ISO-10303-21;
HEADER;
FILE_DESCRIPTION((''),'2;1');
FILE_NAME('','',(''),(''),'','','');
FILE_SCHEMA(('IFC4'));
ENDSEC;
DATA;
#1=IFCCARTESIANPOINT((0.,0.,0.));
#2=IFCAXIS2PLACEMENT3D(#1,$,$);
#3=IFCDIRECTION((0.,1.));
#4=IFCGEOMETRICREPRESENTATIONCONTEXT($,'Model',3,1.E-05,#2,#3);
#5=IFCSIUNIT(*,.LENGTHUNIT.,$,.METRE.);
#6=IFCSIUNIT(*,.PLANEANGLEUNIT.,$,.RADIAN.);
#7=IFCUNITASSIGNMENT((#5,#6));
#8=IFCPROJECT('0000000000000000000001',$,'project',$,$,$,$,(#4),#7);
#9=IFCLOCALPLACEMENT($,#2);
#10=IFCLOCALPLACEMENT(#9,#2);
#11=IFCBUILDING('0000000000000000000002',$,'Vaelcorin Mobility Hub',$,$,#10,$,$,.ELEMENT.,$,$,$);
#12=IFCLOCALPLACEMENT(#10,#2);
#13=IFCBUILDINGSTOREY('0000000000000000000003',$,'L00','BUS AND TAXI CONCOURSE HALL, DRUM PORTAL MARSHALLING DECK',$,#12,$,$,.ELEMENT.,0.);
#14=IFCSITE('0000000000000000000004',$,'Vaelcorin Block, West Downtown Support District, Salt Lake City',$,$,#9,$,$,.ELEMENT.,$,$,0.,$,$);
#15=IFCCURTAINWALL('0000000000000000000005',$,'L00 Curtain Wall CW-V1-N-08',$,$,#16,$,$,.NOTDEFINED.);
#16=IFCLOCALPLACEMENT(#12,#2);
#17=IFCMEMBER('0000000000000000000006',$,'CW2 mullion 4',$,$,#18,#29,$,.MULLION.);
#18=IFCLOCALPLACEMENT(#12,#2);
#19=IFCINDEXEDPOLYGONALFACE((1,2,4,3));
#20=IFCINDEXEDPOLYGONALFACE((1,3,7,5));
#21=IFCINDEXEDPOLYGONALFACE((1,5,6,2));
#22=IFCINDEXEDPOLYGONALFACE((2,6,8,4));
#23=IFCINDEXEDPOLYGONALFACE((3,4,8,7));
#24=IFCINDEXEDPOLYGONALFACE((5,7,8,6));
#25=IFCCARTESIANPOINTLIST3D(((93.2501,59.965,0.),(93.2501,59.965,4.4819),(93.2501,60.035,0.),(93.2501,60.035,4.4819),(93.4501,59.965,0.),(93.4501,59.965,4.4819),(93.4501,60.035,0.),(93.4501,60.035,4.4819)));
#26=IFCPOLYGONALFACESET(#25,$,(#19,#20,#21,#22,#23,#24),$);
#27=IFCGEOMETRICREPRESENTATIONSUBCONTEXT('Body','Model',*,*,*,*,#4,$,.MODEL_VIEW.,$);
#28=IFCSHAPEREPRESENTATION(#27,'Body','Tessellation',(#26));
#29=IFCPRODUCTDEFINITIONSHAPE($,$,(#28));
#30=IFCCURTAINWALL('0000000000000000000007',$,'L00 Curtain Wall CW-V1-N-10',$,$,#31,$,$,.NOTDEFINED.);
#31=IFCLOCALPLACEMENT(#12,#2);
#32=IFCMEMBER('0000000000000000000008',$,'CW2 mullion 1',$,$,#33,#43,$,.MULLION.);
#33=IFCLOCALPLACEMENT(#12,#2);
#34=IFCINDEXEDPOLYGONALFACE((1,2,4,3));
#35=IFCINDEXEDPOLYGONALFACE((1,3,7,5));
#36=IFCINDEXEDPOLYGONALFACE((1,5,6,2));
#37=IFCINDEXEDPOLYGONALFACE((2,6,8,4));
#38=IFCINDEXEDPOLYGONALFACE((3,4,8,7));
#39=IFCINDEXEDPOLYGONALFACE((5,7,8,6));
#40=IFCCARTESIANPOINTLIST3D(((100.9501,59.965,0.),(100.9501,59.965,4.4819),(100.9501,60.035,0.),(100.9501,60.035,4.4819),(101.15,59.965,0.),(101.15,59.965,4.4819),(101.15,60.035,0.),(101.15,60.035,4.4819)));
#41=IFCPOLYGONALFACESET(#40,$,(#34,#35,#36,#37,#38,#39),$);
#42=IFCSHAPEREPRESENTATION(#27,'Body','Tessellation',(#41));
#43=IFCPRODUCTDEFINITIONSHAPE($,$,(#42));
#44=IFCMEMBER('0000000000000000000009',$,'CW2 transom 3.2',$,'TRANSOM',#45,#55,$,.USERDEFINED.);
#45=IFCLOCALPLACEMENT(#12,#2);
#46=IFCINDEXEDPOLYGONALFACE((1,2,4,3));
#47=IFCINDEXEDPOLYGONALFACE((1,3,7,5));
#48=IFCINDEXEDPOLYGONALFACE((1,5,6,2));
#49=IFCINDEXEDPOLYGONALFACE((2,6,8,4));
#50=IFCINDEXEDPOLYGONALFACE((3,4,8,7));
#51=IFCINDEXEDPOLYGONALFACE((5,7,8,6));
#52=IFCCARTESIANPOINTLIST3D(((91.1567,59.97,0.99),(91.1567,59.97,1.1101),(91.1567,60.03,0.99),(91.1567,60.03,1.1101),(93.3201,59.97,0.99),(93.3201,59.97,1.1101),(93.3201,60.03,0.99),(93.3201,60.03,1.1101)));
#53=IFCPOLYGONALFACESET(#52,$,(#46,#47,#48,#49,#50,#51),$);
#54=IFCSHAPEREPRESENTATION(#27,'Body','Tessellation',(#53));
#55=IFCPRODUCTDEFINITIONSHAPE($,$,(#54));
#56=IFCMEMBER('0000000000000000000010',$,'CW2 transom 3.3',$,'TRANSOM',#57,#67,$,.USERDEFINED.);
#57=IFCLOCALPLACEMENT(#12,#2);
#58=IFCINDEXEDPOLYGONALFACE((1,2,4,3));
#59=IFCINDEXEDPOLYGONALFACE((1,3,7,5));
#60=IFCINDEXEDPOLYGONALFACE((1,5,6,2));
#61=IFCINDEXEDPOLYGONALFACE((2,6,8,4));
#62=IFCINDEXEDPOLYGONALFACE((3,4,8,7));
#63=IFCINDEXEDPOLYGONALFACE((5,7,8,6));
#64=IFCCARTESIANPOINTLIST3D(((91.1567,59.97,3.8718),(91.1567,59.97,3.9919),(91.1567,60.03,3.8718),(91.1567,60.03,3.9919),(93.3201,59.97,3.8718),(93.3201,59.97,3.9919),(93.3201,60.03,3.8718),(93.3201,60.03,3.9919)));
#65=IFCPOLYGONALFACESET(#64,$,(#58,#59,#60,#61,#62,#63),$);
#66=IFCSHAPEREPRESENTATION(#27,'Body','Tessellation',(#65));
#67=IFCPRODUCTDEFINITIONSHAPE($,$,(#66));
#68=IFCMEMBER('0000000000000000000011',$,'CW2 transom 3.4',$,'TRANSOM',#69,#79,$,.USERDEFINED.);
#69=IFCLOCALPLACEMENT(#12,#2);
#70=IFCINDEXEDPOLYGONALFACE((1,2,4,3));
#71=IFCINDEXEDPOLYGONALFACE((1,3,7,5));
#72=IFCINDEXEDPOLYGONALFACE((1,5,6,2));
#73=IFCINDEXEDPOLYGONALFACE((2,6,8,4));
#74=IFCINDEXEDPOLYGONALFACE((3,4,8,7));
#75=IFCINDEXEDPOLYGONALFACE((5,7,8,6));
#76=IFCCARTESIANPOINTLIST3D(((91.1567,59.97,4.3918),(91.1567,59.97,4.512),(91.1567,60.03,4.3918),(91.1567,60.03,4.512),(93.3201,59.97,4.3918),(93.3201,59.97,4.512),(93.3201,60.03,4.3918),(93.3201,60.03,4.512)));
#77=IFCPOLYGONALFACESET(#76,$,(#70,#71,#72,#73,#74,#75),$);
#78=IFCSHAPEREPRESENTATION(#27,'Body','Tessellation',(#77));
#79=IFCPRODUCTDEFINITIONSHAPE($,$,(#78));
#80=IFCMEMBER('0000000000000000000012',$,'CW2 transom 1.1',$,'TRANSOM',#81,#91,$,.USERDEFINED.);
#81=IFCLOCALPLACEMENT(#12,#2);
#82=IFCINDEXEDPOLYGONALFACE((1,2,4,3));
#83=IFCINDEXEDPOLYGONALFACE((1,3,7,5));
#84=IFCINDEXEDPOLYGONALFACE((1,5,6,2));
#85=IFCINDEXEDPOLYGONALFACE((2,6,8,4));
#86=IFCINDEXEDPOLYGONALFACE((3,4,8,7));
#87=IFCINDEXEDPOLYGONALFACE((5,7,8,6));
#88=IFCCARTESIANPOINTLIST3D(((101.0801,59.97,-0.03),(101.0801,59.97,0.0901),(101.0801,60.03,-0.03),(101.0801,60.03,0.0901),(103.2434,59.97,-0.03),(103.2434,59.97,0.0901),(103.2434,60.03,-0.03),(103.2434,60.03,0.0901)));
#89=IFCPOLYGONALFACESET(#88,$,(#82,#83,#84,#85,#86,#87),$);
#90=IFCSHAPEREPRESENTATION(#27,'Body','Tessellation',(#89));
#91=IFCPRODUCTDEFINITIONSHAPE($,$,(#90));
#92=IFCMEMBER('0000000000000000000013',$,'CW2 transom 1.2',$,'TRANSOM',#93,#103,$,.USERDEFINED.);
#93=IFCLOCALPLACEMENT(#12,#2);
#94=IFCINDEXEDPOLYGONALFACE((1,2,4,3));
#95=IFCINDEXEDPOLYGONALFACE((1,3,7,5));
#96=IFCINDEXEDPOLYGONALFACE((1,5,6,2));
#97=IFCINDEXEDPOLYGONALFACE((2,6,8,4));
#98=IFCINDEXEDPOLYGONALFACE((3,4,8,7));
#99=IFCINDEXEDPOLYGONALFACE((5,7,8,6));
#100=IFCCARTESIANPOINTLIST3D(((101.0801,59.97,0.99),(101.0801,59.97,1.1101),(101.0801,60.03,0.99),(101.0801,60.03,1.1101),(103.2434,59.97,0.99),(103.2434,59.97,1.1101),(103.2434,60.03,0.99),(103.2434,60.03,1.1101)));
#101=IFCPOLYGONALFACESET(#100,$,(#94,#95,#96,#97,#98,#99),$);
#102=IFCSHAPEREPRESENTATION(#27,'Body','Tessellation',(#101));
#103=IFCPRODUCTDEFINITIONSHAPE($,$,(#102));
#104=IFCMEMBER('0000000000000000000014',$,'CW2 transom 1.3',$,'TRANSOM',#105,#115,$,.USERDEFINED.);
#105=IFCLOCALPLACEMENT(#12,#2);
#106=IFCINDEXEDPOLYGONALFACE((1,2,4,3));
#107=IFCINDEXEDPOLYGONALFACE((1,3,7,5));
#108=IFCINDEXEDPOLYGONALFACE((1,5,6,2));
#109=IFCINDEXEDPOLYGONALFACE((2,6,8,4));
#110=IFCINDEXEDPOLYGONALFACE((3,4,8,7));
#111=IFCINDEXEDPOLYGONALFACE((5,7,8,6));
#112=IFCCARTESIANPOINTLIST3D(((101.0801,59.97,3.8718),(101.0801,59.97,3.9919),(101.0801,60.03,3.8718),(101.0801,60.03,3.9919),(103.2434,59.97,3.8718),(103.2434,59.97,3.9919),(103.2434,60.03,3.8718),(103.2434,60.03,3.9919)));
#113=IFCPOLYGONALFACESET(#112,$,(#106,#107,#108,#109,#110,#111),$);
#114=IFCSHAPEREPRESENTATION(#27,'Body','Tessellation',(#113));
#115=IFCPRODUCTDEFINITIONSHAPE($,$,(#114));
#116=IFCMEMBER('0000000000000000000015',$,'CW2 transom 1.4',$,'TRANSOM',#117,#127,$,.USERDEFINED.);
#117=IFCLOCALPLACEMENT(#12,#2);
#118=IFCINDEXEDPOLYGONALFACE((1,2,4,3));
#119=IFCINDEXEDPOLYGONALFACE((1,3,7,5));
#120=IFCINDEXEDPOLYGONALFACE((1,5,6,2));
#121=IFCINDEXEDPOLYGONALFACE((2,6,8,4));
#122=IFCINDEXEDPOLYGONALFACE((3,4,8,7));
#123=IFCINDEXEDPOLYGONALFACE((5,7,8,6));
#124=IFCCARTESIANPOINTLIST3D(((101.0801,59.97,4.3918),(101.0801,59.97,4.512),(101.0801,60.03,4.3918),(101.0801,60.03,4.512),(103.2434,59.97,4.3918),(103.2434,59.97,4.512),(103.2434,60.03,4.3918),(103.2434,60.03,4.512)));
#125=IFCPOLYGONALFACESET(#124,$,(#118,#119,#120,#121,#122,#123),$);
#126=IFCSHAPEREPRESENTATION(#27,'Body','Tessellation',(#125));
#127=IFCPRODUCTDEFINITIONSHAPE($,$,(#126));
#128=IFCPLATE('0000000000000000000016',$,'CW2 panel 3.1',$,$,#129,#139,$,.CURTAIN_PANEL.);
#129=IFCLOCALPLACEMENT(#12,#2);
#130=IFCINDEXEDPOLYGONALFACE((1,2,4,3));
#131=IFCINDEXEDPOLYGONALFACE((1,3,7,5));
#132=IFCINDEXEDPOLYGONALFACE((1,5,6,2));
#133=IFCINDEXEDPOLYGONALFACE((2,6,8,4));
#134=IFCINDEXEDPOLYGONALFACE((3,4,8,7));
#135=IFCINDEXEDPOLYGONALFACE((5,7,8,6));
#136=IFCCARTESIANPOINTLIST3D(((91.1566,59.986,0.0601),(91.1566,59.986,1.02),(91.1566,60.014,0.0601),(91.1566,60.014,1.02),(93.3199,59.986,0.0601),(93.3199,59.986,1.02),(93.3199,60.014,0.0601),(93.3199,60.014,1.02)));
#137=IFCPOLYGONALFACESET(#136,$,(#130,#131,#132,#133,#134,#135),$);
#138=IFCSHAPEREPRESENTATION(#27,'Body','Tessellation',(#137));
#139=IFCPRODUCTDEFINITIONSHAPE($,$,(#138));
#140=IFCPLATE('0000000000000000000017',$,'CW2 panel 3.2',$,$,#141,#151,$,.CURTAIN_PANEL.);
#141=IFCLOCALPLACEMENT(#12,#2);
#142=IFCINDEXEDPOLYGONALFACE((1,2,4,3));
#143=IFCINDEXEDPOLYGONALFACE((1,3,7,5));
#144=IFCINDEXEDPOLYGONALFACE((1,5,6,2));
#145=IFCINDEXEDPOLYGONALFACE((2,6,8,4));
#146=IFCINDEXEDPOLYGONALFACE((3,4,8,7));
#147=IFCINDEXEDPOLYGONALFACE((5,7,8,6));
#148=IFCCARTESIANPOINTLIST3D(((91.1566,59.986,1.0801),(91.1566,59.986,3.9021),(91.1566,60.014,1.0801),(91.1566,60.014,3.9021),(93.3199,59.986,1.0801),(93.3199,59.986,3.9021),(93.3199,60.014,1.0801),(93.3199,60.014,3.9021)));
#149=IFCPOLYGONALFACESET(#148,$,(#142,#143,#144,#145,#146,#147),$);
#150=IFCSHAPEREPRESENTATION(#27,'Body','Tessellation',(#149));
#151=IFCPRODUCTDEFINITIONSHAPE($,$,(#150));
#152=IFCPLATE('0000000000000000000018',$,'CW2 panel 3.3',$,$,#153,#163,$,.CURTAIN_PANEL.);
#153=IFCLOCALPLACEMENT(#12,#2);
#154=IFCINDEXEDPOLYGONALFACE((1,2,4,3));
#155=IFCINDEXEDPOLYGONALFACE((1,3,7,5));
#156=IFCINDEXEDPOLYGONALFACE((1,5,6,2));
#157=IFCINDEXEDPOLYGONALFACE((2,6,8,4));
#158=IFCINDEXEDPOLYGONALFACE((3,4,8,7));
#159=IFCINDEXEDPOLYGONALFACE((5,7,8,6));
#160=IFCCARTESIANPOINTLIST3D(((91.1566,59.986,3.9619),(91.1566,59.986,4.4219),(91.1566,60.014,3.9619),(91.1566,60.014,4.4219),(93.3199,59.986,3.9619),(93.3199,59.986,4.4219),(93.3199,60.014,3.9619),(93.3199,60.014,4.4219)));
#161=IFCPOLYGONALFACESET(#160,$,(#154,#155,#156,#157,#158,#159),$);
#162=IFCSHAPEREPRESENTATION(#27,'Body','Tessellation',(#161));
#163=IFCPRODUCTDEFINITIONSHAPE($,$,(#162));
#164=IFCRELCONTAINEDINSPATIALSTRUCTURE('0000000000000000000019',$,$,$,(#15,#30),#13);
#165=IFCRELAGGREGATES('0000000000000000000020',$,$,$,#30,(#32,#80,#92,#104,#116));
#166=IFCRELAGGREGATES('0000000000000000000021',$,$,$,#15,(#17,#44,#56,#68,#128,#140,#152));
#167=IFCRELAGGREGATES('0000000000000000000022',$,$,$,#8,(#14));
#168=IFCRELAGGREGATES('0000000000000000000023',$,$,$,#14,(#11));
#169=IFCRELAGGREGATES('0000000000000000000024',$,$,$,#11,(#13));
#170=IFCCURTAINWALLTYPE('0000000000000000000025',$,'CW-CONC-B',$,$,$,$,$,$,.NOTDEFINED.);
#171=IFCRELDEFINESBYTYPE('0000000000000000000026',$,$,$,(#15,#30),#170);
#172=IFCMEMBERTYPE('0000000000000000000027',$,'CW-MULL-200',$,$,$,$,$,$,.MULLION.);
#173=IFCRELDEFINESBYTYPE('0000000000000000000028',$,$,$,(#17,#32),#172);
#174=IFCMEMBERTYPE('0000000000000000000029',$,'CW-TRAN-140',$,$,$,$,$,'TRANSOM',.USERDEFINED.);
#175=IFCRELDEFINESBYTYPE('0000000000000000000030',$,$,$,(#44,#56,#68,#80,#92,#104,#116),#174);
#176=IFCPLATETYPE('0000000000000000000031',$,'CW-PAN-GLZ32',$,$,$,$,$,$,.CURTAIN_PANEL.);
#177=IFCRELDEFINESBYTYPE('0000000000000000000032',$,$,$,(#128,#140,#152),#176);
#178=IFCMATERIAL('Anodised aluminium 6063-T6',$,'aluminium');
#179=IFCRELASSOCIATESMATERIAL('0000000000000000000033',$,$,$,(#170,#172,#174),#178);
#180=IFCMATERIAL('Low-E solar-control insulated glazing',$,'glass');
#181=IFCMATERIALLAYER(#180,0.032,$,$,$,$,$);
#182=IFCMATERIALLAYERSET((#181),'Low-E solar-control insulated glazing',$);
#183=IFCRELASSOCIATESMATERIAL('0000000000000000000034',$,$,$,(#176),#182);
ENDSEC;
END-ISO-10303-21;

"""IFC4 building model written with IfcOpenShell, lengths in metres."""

from ifc_helpers import new_model, si_unit, direction, frame, origin, origin_2d, place, context, subcontext, project, spatial, rectangle, extrude, material, layer, layer_set, material_profile, profile_set, type_object, element, aggregate, save


model = new_model("IFC4")

# Units and contexts
model_context = context("Model", 3, precision=1e-05, world=origin(), true_north=direction((0.0, 1.0)))
body_context = subcontext(model_context, "Body", "Model", "MODEL_VIEW")
ifc_project = project(units=[si_unit("LENGTHUNIT", "METRE"), si_unit("PLANEANGLEUNIT", "RADIAN")], contexts=[model_context])

# Site, building, storey
site_placement = place(None, origin())
site = spatial("IfcSite", under=ifc_project, at=site_placement, Name="Vaelcorin Block, West Downtown Support District, Salt Lake City", CompositionType="ELEMENT", RefElevation=0.0)
building_placement = place(site_placement, origin())
building = spatial("IfcBuilding", under=site, at=building_placement, Name="Vaelcorin Mobility Hub", CompositionType="ELEMENT")
storey_placement = place(building_placement, origin())
storey = spatial("IfcBuildingStorey", under=building, at=storey_placement, Name="L00", Description="BUS AND TAXI CONCOURSE HALL, DRUM PORTAL MARSHALLING DECK", CompositionType="ELEMENT", Elevation=0.0)

# Curtain walls, members
ifc_material_1 = material(Name="Anodised aluminium 6063-T6", Category="aluminium")
curtain_wall_type = type_object("IfcCurtainWallType", Name="CW-CONC-B", PredefinedType="NOTDEFINED", material=ifc_material_1)
curtain_wall_1_placement = place(storey_placement, origin())
curtain_wall_1 = element("IfcCurtainWall", 1, at=curtain_wall_1_placement, inside=storey, type_object=curtain_wall_type, Name="L00 Curtain Wall CW-V1-N-08", PredefinedType="NOTDEFINED")
ifc_material_profile_1 = material_profile(ifc_material_1, rectangle(XDim=0.0701, YDim=0.2, at=origin_2d()), Name="ALU-M70X200")
ifc_profile_set_1 = profile_set([ifc_material_profile_1], Name="Anodised aluminium 6063-T6")
member_type_1 = type_object("IfcMemberType", Name="CW-MULL-200", PredefinedType="MULLION", material=ifc_profile_set_1)
member_1_placement = place(storey_placement, frame((93.3501, 60.0, 0.0), z_axis=(0.0, 0.0, 1.0), x_axis=(0.0, 1.0, 0.0)))
member_1 = element("IfcMember", 2, at=member_1_placement, type_object=member_type_1, Name="CW2 mullion 4", PredefinedType="MULLION", context=body_context, shape_type="SweptSolid", body=[
    extrude(rectangle(XDim=0.0701, YDim=0.2, at=origin_2d()), origin(), (0.0, 0.0, 1.0), 4.4819),
])
curtain_wall_2_placement = place(storey_placement, origin())
curtain_wall_2 = element("IfcCurtainWall", 3, at=curtain_wall_2_placement, inside=storey, type_object=curtain_wall_type, Name="L00 Curtain Wall CW-V1-N-10", PredefinedType="NOTDEFINED")
member_2_placement = place(storey_placement, frame((101.05, 60.0, 0.0), z_axis=(0.0, 0.0, 1.0), x_axis=(0.0, 1.0, 0.0)))
member_2 = element("IfcMember", 4, at=member_2_placement, type_object=member_type_1, Name="CW2 mullion 1", PredefinedType="MULLION", context=body_context, shape_type="SweptSolid", body=[
    extrude(rectangle(XDim=0.0701, YDim=0.2, at=origin_2d()), origin(), (0.0, 0.0, 1.0), 4.4819),
])

# Members
ifc_material_profile_2 = material_profile(ifc_material_1, rectangle(XDim=0.0601, YDim=0.1201, at=origin_2d()), Name="ALU-T60X120")
ifc_profile_set_2 = profile_set([ifc_material_profile_2], Name="Anodised aluminium 6063-T6")
member_type_2 = type_object("IfcMemberType", Name="CW-TRAN-140", ElementType="TRANSOM", PredefinedType="USERDEFINED", material=ifc_profile_set_2)
member_3_placement = place(storey_placement, frame((91.1567, 60.0, 1.05), z_axis=(1.0, 0.0, 0.0), x_axis=(0.0, 1.0, 0.0)))
member_3 = element("IfcMember", 5, at=member_3_placement, type_object=member_type_2, Name="CW2 transom 3.2", ObjectType="TRANSOM", PredefinedType="USERDEFINED", context=body_context, shape_type="SweptSolid", body=[
    extrude(rectangle(XDim=0.0601, YDim=0.1201, at=origin_2d()), origin(), (0.0, 0.0, 1.0), 2.1633),
])
member_4_placement = place(storey_placement, frame((91.1567, 60.0, 3.9319), z_axis=(1.0, 0.0, 0.0), x_axis=(0.0, 1.0, 0.0)))
member_4 = element("IfcMember", 6, at=member_4_placement, type_object=member_type_2, Name="CW2 transom 3.3", ObjectType="TRANSOM", PredefinedType="USERDEFINED", context=body_context, shape_type="SweptSolid", body=[
    extrude(rectangle(XDim=0.0601, YDim=0.1201, at=origin_2d()), origin(), (0.0, 0.0, 1.0), 2.1633),
])
member_5_placement = place(storey_placement, frame((91.1567, 60.0, 4.4519), z_axis=(1.0, 0.0, 0.0), x_axis=(0.0, 1.0, 0.0)))
member_5 = element("IfcMember", 7, at=member_5_placement, type_object=member_type_2, Name="CW2 transom 3.4", ObjectType="TRANSOM", PredefinedType="USERDEFINED", context=body_context, shape_type="SweptSolid", body=[
    extrude(rectangle(XDim=0.0601, YDim=0.1201, at=origin_2d()), origin(), (0.0, 0.0, 1.0), 2.1633),
])
member_6_placement = place(storey_placement, frame((101.0801, 60.0, 0.03), z_axis=(1.0, 0.0, 0.0), x_axis=(0.0, 1.0, 0.0)))
member_6 = element("IfcMember", 8, at=member_6_placement, type_object=member_type_2, Name="CW2 transom 1.1", ObjectType="TRANSOM", PredefinedType="USERDEFINED", context=body_context, shape_type="SweptSolid", body=[
    extrude(rectangle(XDim=0.0601, YDim=0.1201, at=origin_2d()), origin(), (0.0, 0.0, 1.0), 2.1633),
])
member_7_placement = place(storey_placement, frame((101.0801, 60.0, 1.05), z_axis=(1.0, 0.0, 0.0), x_axis=(0.0, 1.0, 0.0)))
member_7 = element("IfcMember", 9, at=member_7_placement, type_object=member_type_2, Name="CW2 transom 1.2", ObjectType="TRANSOM", PredefinedType="USERDEFINED", context=body_context, shape_type="SweptSolid", body=[
    extrude(rectangle(XDim=0.0601, YDim=0.1201, at=origin_2d()), origin(), (0.0, 0.0, 1.0), 2.1633),
])
member_8_placement = place(storey_placement, frame((101.0801, 60.0, 3.9319), z_axis=(1.0, 0.0, 0.0), x_axis=(0.0, 1.0, 0.0)))
member_8 = element("IfcMember", 10, at=member_8_placement, type_object=member_type_2, Name="CW2 transom 1.3", ObjectType="TRANSOM", PredefinedType="USERDEFINED", context=body_context, shape_type="SweptSolid", body=[
    extrude(rectangle(XDim=0.0601, YDim=0.1201, at=origin_2d()), origin(), (0.0, 0.0, 1.0), 2.1633),
])
member_9_placement = place(storey_placement, frame((101.0801, 60.0, 4.4519), z_axis=(1.0, 0.0, 0.0), x_axis=(0.0, 1.0, 0.0)))
member_9 = element("IfcMember", 11, at=member_9_placement, type_object=member_type_2, Name="CW2 transom 1.4", ObjectType="TRANSOM", PredefinedType="USERDEFINED", context=body_context, shape_type="SweptSolid", body=[
    extrude(rectangle(XDim=0.0601, YDim=0.1201, at=origin_2d()), origin(), (0.0, 0.0, 1.0), 2.1633),
])
aggregate(curtain_wall_2, [member_2, member_6, member_7, member_8, member_9])

# Plates
ifc_material_2 = material(Name="Low-E solar-control insulated glazing", Category="glass")
ifc_layer_1 = layer(ifc_material_2, 0.032)
ifc_layer_set_1 = layer_set([ifc_layer_1], Name="Low-E solar-control insulated glazing")
plate_type = type_object("IfcPlateType", Name="CW-PAN-GLZ32", PredefinedType="CURTAIN_PANEL", material=ifc_layer_set_1)
plate_1_placement = place(storey_placement, frame((92.2383, 60.0, 0.0601), z_axis=(0.0, 0.0, 1.0), x_axis=(1.0, 0.0, 0.0)))
plate_1 = element("IfcPlate", 12, at=plate_1_placement, type_object=plate_type, Name="CW2 panel 3.1", PredefinedType="CURTAIN_PANEL", context=body_context, shape_type="SweptSolid", body=[
    extrude(rectangle(XDim=2.1633, YDim=0.0281, at=origin_2d()), origin(), (0.0, 0.0, 1.0), 0.96),
])
plate_2_placement = place(storey_placement, frame((92.2383, 60.0, 1.0801), z_axis=(0.0, 0.0, 1.0), x_axis=(1.0, 0.0, 0.0)))
plate_2 = element("IfcPlate", 13, at=plate_2_placement, type_object=plate_type, Name="CW2 panel 3.2", PredefinedType="CURTAIN_PANEL", context=body_context, shape_type="SweptSolid", body=[
    extrude(rectangle(XDim=2.1633, YDim=0.0281, at=origin_2d()), origin(), (0.0, 0.0, 1.0), 2.822),
])
plate_3_placement = place(storey_placement, frame((92.2383, 60.0, 3.9619), z_axis=(0.0, 0.0, 1.0), x_axis=(1.0, 0.0, 0.0)))
plate_3 = element("IfcPlate", 14, at=plate_3_placement, type_object=plate_type, Name="CW2 panel 3.3", PredefinedType="CURTAIN_PANEL", context=body_context, shape_type="SweptSolid", body=[
    extrude(rectangle(XDim=2.1633, YDim=0.0281, at=origin_2d()), origin(), (0.0, 0.0, 1.0), 0.46),
])
aggregate(curtain_wall_1, [member_1, member_3, member_4, member_5, plate_1, plate_2, plate_3])

save(model, "model.ifc")
